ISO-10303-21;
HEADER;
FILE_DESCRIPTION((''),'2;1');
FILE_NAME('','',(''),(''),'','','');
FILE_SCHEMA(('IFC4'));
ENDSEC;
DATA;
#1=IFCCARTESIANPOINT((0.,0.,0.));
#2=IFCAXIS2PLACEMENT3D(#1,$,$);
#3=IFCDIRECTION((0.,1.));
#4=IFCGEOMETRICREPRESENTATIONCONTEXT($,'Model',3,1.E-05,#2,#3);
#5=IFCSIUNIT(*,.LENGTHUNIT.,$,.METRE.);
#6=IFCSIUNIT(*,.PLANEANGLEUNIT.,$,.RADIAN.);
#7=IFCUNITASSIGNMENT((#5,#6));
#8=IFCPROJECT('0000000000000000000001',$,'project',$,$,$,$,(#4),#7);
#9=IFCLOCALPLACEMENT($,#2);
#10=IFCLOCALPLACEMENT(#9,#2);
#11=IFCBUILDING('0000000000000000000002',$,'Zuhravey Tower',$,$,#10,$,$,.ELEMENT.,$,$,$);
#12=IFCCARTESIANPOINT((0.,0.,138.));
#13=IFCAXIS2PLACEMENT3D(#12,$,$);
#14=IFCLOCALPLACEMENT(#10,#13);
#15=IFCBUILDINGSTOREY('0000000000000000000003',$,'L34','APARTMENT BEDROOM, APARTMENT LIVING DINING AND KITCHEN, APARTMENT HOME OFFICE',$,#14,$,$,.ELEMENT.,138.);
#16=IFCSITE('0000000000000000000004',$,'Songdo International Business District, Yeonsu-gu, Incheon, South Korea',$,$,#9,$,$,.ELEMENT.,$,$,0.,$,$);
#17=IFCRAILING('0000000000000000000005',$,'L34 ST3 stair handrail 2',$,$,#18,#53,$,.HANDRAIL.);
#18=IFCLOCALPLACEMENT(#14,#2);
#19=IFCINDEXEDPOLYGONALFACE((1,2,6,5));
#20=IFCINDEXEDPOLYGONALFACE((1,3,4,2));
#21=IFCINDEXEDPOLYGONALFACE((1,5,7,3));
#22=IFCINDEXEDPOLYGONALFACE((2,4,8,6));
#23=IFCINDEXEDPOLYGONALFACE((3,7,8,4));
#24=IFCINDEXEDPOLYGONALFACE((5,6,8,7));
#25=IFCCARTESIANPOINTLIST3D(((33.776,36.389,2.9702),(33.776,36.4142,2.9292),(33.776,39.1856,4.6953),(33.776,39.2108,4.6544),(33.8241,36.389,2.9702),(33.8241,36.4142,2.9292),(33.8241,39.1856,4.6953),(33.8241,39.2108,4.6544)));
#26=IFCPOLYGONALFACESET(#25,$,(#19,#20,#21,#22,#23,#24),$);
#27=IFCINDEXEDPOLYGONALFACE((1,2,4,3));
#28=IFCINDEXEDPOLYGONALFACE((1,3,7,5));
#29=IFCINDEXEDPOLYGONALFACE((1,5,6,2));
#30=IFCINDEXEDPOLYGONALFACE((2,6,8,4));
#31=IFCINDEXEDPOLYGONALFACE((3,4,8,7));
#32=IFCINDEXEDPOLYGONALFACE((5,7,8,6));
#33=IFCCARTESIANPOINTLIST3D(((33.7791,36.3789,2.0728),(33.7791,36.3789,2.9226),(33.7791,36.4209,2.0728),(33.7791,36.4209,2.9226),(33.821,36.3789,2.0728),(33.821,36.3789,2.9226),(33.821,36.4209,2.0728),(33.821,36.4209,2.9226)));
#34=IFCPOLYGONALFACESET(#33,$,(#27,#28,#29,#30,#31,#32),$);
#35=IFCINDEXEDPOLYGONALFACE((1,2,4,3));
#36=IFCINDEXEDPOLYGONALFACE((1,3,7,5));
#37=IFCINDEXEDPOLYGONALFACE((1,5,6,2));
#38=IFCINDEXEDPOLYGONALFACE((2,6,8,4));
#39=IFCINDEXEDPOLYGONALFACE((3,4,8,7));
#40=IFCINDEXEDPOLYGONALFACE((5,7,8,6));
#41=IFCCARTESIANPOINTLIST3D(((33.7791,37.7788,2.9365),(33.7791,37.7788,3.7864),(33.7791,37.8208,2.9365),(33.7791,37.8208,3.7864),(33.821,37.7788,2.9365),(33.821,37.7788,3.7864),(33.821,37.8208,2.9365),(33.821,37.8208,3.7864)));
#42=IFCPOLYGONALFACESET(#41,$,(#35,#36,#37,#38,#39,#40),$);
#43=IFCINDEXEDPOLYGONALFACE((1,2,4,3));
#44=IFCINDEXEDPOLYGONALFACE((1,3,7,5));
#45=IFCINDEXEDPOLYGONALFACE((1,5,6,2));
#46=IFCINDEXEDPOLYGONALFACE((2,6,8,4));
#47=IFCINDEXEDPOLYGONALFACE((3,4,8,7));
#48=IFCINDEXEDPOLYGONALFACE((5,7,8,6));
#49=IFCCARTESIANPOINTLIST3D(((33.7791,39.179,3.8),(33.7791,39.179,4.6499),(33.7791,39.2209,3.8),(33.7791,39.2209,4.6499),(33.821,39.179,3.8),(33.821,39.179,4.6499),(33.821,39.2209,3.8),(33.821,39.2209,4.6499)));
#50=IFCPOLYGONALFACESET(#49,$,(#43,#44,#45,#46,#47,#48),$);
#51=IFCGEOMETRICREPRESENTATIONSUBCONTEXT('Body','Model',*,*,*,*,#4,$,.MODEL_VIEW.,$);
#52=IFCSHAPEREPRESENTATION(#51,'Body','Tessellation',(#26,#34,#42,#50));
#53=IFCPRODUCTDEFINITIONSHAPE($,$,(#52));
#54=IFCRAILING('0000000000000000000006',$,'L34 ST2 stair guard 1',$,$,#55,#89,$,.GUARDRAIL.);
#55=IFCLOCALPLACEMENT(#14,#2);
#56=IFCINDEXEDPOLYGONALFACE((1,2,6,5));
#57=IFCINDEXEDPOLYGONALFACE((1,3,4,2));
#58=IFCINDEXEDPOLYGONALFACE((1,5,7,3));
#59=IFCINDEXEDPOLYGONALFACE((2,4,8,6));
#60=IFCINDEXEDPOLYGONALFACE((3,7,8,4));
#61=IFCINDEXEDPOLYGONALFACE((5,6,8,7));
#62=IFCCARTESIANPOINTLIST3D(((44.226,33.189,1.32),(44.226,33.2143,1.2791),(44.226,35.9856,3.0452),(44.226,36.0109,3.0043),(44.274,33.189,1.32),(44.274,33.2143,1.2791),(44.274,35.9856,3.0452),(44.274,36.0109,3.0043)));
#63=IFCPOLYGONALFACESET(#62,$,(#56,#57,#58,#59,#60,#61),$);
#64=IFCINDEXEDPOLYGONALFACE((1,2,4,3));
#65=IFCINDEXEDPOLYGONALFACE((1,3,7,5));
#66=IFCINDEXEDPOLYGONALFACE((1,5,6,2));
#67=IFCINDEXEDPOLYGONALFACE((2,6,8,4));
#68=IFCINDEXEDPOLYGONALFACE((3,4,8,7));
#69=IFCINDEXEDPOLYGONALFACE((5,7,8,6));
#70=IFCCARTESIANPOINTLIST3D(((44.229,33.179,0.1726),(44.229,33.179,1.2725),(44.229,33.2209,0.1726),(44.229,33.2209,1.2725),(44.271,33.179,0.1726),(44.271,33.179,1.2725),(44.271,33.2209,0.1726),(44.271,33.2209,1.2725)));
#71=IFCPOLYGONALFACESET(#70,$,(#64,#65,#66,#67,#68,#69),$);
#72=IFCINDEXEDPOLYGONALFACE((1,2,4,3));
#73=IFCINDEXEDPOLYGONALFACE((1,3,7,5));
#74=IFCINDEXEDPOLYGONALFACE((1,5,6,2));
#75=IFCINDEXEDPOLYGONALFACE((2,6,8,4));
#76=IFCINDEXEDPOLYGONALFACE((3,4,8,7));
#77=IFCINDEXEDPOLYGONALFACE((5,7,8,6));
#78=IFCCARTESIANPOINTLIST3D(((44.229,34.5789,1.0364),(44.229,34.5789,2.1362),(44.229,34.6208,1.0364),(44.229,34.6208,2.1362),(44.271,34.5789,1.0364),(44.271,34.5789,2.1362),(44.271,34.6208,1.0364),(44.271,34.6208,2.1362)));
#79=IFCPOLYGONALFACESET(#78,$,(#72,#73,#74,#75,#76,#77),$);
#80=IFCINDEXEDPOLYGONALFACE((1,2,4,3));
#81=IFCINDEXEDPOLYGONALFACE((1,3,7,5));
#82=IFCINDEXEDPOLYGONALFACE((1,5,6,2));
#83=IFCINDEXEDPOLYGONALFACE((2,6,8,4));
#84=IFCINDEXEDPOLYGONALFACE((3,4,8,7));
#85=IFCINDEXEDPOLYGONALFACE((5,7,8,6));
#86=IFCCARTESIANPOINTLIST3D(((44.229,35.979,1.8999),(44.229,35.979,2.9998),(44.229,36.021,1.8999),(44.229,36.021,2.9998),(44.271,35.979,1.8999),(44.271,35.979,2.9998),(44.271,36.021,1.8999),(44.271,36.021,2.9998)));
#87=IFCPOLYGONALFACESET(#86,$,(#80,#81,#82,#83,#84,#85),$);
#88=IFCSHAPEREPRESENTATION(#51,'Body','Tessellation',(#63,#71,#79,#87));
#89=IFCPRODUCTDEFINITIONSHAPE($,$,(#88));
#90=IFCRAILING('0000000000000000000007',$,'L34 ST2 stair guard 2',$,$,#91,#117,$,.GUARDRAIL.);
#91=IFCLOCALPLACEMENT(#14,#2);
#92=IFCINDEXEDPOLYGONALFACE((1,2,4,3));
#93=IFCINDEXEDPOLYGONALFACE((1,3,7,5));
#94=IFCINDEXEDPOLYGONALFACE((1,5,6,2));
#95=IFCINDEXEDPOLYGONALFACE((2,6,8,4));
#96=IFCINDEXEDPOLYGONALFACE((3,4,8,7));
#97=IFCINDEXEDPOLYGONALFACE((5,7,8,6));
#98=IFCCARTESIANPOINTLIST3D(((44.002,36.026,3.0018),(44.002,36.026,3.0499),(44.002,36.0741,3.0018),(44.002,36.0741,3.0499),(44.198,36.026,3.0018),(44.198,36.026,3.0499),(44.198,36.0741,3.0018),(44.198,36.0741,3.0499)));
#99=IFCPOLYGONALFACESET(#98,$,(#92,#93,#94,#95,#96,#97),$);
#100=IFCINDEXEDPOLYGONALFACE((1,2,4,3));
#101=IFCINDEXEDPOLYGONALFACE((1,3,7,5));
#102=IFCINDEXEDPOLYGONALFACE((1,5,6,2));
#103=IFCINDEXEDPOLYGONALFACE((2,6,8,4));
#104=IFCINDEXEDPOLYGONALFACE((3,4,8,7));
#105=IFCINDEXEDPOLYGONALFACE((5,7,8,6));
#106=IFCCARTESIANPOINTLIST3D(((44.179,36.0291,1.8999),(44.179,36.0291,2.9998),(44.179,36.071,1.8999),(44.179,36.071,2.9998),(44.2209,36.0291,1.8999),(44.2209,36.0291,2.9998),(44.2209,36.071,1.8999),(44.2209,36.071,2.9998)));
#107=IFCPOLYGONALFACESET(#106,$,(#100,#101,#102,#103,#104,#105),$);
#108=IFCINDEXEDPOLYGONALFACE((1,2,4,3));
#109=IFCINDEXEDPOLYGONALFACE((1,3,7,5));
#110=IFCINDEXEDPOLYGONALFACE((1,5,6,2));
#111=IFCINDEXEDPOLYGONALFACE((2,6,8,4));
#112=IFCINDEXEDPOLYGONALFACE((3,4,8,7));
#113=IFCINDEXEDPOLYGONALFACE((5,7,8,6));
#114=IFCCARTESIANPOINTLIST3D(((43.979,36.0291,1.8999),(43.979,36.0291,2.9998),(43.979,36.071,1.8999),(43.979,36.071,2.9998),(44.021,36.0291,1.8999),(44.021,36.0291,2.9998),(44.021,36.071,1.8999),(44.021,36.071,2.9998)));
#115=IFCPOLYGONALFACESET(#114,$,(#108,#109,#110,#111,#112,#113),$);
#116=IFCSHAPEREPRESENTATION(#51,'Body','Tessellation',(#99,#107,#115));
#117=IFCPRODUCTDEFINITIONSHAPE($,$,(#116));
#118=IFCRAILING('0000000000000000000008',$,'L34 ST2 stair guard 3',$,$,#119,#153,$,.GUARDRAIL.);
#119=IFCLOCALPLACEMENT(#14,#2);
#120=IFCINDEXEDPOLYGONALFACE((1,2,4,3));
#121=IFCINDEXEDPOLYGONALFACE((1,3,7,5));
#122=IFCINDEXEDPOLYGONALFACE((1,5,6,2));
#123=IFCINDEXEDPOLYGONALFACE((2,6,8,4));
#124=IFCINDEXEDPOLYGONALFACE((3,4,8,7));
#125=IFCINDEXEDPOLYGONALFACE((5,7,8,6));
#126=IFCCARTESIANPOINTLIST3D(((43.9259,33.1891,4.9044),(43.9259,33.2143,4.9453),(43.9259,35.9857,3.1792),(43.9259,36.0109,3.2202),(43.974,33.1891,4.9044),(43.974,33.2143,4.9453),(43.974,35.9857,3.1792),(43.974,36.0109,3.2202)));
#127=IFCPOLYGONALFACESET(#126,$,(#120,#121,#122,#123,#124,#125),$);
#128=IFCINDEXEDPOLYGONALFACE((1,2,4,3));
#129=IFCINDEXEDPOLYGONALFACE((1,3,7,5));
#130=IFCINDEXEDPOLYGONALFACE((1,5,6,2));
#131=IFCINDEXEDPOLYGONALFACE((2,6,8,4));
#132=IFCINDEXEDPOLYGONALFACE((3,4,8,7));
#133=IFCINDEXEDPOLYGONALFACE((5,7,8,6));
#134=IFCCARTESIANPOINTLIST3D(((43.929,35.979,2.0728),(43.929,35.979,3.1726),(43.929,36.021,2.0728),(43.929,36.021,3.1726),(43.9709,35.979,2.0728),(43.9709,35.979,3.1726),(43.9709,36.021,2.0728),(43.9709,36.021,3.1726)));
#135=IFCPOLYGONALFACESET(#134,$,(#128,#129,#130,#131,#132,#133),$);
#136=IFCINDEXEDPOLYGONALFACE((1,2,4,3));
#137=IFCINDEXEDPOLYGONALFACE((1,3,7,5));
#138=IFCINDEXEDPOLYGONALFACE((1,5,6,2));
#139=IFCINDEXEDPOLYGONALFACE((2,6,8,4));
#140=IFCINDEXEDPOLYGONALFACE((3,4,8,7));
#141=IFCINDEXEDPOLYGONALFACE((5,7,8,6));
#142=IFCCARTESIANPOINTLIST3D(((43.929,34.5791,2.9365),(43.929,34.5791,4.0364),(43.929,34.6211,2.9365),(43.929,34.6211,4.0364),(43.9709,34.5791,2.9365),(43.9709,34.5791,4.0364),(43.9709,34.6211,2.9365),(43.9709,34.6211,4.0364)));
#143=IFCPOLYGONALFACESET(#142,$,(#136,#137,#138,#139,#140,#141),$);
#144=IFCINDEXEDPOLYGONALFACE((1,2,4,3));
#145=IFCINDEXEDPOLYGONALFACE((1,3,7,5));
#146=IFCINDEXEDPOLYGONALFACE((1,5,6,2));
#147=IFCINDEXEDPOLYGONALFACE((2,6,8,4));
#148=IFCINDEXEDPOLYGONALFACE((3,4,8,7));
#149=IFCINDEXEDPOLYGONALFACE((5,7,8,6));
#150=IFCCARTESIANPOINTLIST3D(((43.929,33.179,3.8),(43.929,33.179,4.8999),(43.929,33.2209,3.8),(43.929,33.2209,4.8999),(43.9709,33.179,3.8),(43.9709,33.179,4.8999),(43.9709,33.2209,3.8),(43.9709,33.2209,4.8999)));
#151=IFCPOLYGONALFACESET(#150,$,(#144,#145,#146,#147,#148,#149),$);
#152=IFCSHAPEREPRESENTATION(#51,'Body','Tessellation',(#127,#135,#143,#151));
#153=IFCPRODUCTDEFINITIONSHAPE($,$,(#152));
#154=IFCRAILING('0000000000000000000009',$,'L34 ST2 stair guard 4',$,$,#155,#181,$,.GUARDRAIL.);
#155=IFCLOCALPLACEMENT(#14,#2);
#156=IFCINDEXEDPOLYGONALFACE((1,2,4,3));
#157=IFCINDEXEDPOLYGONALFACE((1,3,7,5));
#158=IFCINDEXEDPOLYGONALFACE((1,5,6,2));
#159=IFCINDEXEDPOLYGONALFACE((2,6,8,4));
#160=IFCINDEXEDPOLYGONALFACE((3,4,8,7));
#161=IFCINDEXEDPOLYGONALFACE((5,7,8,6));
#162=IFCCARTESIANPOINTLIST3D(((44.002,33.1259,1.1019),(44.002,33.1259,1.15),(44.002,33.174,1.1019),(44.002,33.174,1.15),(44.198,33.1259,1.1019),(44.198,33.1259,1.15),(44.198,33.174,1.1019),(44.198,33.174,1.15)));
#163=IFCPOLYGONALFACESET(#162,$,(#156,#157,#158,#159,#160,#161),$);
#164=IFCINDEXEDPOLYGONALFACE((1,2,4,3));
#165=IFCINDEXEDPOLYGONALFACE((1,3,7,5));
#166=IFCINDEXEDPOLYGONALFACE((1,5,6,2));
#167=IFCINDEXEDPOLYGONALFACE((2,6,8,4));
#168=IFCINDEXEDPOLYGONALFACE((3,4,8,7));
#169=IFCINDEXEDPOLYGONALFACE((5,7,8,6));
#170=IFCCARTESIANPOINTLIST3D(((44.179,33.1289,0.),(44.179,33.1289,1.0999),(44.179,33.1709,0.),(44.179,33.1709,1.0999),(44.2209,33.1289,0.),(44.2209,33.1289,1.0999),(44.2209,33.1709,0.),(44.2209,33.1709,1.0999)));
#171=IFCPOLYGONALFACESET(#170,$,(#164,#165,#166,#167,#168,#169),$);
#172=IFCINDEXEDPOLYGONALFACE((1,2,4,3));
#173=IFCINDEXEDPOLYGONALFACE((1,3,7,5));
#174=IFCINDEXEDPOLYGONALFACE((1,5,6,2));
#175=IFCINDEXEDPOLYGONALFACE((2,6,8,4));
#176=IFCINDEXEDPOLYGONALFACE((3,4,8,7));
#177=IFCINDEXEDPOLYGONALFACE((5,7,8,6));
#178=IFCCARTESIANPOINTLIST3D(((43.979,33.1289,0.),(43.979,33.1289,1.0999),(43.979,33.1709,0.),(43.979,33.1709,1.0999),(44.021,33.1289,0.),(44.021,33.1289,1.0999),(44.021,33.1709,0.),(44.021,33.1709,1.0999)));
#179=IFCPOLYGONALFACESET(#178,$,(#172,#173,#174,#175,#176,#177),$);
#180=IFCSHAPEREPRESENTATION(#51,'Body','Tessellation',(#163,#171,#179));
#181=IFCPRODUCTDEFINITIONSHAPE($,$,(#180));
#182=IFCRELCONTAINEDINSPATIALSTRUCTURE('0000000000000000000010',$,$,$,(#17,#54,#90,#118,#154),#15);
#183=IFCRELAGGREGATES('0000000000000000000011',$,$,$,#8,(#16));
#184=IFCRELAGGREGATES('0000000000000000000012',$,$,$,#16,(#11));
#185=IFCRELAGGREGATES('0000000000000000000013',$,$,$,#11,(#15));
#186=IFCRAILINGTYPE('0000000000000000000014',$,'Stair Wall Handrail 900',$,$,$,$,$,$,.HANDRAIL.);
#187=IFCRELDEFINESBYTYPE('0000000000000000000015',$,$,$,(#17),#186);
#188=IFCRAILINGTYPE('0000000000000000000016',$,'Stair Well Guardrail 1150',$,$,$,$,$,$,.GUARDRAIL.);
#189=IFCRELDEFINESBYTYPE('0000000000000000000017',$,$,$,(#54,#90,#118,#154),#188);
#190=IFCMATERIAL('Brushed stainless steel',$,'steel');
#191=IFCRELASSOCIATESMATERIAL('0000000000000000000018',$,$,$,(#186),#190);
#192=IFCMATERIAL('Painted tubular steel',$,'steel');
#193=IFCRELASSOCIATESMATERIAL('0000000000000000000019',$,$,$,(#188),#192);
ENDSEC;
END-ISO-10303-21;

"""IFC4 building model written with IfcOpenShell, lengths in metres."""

from ifc_helpers import new_model, si_unit, direction, frame, origin, origin_2d, place, context, subcontext, project, spatial, rectangle, extrude, material, type_object, element, save


model = new_model("IFC4")

# Units and contexts
model_context = context("Model", 3, precision=1e-05, world=origin(), true_north=direction((0.0, 1.0)))
body_context = subcontext(model_context, "Body", "Model", "MODEL_VIEW")
ifc_project = project(units=[si_unit("LENGTHUNIT", "METRE"), si_unit("PLANEANGLEUNIT", "RADIAN")], contexts=[model_context])

# Site, building, storey
site_placement = place(None, origin())
site = spatial("IfcSite", under=ifc_project, at=site_placement, Name="Songdo International Business District, Yeonsu-gu, Incheon, South Korea", CompositionType="ELEMENT", RefElevation=0.0)
building_placement = place(site_placement, origin())
building = spatial("IfcBuilding", under=site, at=building_placement, Name="Zuhravey Tower", CompositionType="ELEMENT")
storey_placement = place(building_placement, frame((0.0, 0.0, 138.0)))
storey = spatial("IfcBuildingStorey", under=building, at=storey_placement, Name="L34", Description="APARTMENT BEDROOM, APARTMENT LIVING DINING AND KITCHEN, APARTMENT HOME OFFICE", CompositionType="ELEMENT", Elevation=138.0)

# Railings
ifc_material_1 = material(Name="Brushed stainless steel", Category="steel")
railing_type_1 = type_object("IfcRailingType", Name="Stair Wall Handrail 900", PredefinedType="HANDRAIL", material=ifc_material_1)
railing_1_placement = place(storey_placement, frame((33.8, 36.3999, 2.0728)))
element("IfcRailing", 1, at=railing_1_placement, inside=storey, type_object=railing_type_1, Name="L34 ST3 stair handrail 2", PredefinedType="HANDRAIL", context=body_context, shape_type="SweptSolid", body=[
    extrude(rectangle(XDim=0.0481, YDim=0.0481, at=origin_2d()), frame((0.0, 0.0017, 0.877), z_axis=(0.0, 0.85109, 0.52502), x_axis=(-1.0, 0.0, 0.0)), (0.0, 0.0, 1.0), 3.2859),
    extrude(rectangle(XDim=0.042, YDim=0.042, at=origin_2d()), origin(), (0.0, 0.0, 1.0), 0.8499),
    extrude(rectangle(XDim=0.042, YDim=0.042, at=origin_2d()), frame((0.0, 1.3999, 0.8638)), (0.0, 0.0, 1.0), 0.8499),
    extrude(rectangle(XDim=0.042, YDim=0.042, at=origin_2d()), frame((0.0, 2.8, 1.7273)), (0.0, 0.0, 1.0), 0.8499),
])
ifc_material_2 = material(Name="Painted tubular steel", Category="steel")
railing_type_2 = type_object("IfcRailingType", Name="Stair Well Guardrail 1150", PredefinedType="GUARDRAIL", material=ifc_material_2)
railing_2_placement = place(storey_placement, frame((44.25, 33.2, 0.1726)))
element("IfcRailing", 2, at=railing_2_placement, inside=storey, type_object=railing_type_2, Name="L34 ST2 stair guard 1", PredefinedType="GUARDRAIL", context=body_context, shape_type="SweptSolid", body=[
    extrude(rectangle(XDim=0.0481, YDim=0.0481, at=origin_2d()), frame((0.0, 0.0017, 1.127), z_axis=(0.0, 0.85109, 0.52502), x_axis=(-1.0, 0.0, 0.0)), (0.0, 0.0, 1.0), 3.2859),
    extrude(rectangle(XDim=0.042, YDim=0.042, at=origin_2d()), origin(), (0.0, 0.0, 1.0), 1.0999),
    extrude(rectangle(XDim=0.042, YDim=0.042, at=origin_2d()), frame((0.0, 1.3999, 0.8638)), (0.0, 0.0, 1.0), 1.0999),
    extrude(rectangle(XDim=0.042, YDim=0.042, at=origin_2d()), frame((0.0, 2.8, 1.7273)), (0.0, 0.0, 1.0), 1.0999),
])
railing_3_placement = place(storey_placement, frame((44.2, 36.05, 1.8999)))
element("IfcRailing", 3, at=railing_3_placement, inside=storey, type_object=railing_type_2, Name="L34 ST2 stair guard 2", PredefinedType="GUARDRAIL", context=body_context, shape_type="SweptSolid", body=[
    extrude(rectangle(XDim=0.0481, YDim=0.0481, at=origin_2d()), frame((-0.002, 0.0, 1.126), z_axis=(-1.0, 0.0, 0.0), x_axis=(0.0, -1.0, 0.0)), (0.0, 0.0, 1.0), 0.196),
    extrude(rectangle(XDim=0.042, YDim=0.042, at=origin_2d()), origin(), (0.0, 0.0, 1.0), 1.0999),
    extrude(rectangle(XDim=0.042, YDim=0.042, at=origin_2d()), frame((-0.2, 0.0, 0.0)), (0.0, 0.0, 1.0), 1.0999),
])
railing_4_placement = place(storey_placement, frame((43.95, 36.0, 2.0728)))
element("IfcRailing", 4, at=railing_4_placement, inside=storey, type_object=railing_type_2, Name="L34 ST2 stair guard 3", PredefinedType="GUARDRAIL", context=body_context, shape_type="SweptSolid", body=[
    extrude(rectangle(XDim=0.0481, YDim=0.0481, at=origin_2d()), frame((0.0, -0.0017, 1.127), z_axis=(0.0, -0.85109, 0.52502), x_axis=(1.0, 0.0, 0.0)), (0.0, 0.0, 1.0), 3.2859),
    extrude(rectangle(XDim=0.042, YDim=0.042, at=origin_2d()), origin(), (0.0, 0.0, 1.0), 1.0999),
    extrude(rectangle(XDim=0.042, YDim=0.042, at=origin_2d()), frame((0.0, -1.3999, 0.8638)), (0.0, 0.0, 1.0), 1.0999),
    extrude(rectangle(XDim=0.042, YDim=0.042, at=origin_2d()), frame((0.0, -2.8, 1.7273)), (0.0, 0.0, 1.0), 1.0999),
])
railing_5_placement = place(storey_placement, frame((44.2, 33.1499, 0.0)))
element("IfcRailing", 5, at=railing_5_placement, inside=storey, type_object=railing_type_2, Name="L34 ST2 stair guard 4", PredefinedType="GUARDRAIL", context=body_context, shape_type="SweptSolid", body=[
    extrude(rectangle(XDim=0.0481, YDim=0.0481, at=origin_2d()), frame((-0.002, 0.0, 1.126), z_axis=(-1.0, 0.0, 0.0), x_axis=(0.0, -1.0, 0.0)), (0.0, 0.0, 1.0), 0.196),
    extrude(rectangle(XDim=0.042, YDim=0.042, at=origin_2d()), origin(), (0.0, 0.0, 1.0), 1.0999),
    extrude(rectangle(XDim=0.042, YDim=0.042, at=origin_2d()), frame((-0.2, 0.0, 0.0)), (0.0, 0.0, 1.0), 1.0999),
])

save(model, "model.ifc")
